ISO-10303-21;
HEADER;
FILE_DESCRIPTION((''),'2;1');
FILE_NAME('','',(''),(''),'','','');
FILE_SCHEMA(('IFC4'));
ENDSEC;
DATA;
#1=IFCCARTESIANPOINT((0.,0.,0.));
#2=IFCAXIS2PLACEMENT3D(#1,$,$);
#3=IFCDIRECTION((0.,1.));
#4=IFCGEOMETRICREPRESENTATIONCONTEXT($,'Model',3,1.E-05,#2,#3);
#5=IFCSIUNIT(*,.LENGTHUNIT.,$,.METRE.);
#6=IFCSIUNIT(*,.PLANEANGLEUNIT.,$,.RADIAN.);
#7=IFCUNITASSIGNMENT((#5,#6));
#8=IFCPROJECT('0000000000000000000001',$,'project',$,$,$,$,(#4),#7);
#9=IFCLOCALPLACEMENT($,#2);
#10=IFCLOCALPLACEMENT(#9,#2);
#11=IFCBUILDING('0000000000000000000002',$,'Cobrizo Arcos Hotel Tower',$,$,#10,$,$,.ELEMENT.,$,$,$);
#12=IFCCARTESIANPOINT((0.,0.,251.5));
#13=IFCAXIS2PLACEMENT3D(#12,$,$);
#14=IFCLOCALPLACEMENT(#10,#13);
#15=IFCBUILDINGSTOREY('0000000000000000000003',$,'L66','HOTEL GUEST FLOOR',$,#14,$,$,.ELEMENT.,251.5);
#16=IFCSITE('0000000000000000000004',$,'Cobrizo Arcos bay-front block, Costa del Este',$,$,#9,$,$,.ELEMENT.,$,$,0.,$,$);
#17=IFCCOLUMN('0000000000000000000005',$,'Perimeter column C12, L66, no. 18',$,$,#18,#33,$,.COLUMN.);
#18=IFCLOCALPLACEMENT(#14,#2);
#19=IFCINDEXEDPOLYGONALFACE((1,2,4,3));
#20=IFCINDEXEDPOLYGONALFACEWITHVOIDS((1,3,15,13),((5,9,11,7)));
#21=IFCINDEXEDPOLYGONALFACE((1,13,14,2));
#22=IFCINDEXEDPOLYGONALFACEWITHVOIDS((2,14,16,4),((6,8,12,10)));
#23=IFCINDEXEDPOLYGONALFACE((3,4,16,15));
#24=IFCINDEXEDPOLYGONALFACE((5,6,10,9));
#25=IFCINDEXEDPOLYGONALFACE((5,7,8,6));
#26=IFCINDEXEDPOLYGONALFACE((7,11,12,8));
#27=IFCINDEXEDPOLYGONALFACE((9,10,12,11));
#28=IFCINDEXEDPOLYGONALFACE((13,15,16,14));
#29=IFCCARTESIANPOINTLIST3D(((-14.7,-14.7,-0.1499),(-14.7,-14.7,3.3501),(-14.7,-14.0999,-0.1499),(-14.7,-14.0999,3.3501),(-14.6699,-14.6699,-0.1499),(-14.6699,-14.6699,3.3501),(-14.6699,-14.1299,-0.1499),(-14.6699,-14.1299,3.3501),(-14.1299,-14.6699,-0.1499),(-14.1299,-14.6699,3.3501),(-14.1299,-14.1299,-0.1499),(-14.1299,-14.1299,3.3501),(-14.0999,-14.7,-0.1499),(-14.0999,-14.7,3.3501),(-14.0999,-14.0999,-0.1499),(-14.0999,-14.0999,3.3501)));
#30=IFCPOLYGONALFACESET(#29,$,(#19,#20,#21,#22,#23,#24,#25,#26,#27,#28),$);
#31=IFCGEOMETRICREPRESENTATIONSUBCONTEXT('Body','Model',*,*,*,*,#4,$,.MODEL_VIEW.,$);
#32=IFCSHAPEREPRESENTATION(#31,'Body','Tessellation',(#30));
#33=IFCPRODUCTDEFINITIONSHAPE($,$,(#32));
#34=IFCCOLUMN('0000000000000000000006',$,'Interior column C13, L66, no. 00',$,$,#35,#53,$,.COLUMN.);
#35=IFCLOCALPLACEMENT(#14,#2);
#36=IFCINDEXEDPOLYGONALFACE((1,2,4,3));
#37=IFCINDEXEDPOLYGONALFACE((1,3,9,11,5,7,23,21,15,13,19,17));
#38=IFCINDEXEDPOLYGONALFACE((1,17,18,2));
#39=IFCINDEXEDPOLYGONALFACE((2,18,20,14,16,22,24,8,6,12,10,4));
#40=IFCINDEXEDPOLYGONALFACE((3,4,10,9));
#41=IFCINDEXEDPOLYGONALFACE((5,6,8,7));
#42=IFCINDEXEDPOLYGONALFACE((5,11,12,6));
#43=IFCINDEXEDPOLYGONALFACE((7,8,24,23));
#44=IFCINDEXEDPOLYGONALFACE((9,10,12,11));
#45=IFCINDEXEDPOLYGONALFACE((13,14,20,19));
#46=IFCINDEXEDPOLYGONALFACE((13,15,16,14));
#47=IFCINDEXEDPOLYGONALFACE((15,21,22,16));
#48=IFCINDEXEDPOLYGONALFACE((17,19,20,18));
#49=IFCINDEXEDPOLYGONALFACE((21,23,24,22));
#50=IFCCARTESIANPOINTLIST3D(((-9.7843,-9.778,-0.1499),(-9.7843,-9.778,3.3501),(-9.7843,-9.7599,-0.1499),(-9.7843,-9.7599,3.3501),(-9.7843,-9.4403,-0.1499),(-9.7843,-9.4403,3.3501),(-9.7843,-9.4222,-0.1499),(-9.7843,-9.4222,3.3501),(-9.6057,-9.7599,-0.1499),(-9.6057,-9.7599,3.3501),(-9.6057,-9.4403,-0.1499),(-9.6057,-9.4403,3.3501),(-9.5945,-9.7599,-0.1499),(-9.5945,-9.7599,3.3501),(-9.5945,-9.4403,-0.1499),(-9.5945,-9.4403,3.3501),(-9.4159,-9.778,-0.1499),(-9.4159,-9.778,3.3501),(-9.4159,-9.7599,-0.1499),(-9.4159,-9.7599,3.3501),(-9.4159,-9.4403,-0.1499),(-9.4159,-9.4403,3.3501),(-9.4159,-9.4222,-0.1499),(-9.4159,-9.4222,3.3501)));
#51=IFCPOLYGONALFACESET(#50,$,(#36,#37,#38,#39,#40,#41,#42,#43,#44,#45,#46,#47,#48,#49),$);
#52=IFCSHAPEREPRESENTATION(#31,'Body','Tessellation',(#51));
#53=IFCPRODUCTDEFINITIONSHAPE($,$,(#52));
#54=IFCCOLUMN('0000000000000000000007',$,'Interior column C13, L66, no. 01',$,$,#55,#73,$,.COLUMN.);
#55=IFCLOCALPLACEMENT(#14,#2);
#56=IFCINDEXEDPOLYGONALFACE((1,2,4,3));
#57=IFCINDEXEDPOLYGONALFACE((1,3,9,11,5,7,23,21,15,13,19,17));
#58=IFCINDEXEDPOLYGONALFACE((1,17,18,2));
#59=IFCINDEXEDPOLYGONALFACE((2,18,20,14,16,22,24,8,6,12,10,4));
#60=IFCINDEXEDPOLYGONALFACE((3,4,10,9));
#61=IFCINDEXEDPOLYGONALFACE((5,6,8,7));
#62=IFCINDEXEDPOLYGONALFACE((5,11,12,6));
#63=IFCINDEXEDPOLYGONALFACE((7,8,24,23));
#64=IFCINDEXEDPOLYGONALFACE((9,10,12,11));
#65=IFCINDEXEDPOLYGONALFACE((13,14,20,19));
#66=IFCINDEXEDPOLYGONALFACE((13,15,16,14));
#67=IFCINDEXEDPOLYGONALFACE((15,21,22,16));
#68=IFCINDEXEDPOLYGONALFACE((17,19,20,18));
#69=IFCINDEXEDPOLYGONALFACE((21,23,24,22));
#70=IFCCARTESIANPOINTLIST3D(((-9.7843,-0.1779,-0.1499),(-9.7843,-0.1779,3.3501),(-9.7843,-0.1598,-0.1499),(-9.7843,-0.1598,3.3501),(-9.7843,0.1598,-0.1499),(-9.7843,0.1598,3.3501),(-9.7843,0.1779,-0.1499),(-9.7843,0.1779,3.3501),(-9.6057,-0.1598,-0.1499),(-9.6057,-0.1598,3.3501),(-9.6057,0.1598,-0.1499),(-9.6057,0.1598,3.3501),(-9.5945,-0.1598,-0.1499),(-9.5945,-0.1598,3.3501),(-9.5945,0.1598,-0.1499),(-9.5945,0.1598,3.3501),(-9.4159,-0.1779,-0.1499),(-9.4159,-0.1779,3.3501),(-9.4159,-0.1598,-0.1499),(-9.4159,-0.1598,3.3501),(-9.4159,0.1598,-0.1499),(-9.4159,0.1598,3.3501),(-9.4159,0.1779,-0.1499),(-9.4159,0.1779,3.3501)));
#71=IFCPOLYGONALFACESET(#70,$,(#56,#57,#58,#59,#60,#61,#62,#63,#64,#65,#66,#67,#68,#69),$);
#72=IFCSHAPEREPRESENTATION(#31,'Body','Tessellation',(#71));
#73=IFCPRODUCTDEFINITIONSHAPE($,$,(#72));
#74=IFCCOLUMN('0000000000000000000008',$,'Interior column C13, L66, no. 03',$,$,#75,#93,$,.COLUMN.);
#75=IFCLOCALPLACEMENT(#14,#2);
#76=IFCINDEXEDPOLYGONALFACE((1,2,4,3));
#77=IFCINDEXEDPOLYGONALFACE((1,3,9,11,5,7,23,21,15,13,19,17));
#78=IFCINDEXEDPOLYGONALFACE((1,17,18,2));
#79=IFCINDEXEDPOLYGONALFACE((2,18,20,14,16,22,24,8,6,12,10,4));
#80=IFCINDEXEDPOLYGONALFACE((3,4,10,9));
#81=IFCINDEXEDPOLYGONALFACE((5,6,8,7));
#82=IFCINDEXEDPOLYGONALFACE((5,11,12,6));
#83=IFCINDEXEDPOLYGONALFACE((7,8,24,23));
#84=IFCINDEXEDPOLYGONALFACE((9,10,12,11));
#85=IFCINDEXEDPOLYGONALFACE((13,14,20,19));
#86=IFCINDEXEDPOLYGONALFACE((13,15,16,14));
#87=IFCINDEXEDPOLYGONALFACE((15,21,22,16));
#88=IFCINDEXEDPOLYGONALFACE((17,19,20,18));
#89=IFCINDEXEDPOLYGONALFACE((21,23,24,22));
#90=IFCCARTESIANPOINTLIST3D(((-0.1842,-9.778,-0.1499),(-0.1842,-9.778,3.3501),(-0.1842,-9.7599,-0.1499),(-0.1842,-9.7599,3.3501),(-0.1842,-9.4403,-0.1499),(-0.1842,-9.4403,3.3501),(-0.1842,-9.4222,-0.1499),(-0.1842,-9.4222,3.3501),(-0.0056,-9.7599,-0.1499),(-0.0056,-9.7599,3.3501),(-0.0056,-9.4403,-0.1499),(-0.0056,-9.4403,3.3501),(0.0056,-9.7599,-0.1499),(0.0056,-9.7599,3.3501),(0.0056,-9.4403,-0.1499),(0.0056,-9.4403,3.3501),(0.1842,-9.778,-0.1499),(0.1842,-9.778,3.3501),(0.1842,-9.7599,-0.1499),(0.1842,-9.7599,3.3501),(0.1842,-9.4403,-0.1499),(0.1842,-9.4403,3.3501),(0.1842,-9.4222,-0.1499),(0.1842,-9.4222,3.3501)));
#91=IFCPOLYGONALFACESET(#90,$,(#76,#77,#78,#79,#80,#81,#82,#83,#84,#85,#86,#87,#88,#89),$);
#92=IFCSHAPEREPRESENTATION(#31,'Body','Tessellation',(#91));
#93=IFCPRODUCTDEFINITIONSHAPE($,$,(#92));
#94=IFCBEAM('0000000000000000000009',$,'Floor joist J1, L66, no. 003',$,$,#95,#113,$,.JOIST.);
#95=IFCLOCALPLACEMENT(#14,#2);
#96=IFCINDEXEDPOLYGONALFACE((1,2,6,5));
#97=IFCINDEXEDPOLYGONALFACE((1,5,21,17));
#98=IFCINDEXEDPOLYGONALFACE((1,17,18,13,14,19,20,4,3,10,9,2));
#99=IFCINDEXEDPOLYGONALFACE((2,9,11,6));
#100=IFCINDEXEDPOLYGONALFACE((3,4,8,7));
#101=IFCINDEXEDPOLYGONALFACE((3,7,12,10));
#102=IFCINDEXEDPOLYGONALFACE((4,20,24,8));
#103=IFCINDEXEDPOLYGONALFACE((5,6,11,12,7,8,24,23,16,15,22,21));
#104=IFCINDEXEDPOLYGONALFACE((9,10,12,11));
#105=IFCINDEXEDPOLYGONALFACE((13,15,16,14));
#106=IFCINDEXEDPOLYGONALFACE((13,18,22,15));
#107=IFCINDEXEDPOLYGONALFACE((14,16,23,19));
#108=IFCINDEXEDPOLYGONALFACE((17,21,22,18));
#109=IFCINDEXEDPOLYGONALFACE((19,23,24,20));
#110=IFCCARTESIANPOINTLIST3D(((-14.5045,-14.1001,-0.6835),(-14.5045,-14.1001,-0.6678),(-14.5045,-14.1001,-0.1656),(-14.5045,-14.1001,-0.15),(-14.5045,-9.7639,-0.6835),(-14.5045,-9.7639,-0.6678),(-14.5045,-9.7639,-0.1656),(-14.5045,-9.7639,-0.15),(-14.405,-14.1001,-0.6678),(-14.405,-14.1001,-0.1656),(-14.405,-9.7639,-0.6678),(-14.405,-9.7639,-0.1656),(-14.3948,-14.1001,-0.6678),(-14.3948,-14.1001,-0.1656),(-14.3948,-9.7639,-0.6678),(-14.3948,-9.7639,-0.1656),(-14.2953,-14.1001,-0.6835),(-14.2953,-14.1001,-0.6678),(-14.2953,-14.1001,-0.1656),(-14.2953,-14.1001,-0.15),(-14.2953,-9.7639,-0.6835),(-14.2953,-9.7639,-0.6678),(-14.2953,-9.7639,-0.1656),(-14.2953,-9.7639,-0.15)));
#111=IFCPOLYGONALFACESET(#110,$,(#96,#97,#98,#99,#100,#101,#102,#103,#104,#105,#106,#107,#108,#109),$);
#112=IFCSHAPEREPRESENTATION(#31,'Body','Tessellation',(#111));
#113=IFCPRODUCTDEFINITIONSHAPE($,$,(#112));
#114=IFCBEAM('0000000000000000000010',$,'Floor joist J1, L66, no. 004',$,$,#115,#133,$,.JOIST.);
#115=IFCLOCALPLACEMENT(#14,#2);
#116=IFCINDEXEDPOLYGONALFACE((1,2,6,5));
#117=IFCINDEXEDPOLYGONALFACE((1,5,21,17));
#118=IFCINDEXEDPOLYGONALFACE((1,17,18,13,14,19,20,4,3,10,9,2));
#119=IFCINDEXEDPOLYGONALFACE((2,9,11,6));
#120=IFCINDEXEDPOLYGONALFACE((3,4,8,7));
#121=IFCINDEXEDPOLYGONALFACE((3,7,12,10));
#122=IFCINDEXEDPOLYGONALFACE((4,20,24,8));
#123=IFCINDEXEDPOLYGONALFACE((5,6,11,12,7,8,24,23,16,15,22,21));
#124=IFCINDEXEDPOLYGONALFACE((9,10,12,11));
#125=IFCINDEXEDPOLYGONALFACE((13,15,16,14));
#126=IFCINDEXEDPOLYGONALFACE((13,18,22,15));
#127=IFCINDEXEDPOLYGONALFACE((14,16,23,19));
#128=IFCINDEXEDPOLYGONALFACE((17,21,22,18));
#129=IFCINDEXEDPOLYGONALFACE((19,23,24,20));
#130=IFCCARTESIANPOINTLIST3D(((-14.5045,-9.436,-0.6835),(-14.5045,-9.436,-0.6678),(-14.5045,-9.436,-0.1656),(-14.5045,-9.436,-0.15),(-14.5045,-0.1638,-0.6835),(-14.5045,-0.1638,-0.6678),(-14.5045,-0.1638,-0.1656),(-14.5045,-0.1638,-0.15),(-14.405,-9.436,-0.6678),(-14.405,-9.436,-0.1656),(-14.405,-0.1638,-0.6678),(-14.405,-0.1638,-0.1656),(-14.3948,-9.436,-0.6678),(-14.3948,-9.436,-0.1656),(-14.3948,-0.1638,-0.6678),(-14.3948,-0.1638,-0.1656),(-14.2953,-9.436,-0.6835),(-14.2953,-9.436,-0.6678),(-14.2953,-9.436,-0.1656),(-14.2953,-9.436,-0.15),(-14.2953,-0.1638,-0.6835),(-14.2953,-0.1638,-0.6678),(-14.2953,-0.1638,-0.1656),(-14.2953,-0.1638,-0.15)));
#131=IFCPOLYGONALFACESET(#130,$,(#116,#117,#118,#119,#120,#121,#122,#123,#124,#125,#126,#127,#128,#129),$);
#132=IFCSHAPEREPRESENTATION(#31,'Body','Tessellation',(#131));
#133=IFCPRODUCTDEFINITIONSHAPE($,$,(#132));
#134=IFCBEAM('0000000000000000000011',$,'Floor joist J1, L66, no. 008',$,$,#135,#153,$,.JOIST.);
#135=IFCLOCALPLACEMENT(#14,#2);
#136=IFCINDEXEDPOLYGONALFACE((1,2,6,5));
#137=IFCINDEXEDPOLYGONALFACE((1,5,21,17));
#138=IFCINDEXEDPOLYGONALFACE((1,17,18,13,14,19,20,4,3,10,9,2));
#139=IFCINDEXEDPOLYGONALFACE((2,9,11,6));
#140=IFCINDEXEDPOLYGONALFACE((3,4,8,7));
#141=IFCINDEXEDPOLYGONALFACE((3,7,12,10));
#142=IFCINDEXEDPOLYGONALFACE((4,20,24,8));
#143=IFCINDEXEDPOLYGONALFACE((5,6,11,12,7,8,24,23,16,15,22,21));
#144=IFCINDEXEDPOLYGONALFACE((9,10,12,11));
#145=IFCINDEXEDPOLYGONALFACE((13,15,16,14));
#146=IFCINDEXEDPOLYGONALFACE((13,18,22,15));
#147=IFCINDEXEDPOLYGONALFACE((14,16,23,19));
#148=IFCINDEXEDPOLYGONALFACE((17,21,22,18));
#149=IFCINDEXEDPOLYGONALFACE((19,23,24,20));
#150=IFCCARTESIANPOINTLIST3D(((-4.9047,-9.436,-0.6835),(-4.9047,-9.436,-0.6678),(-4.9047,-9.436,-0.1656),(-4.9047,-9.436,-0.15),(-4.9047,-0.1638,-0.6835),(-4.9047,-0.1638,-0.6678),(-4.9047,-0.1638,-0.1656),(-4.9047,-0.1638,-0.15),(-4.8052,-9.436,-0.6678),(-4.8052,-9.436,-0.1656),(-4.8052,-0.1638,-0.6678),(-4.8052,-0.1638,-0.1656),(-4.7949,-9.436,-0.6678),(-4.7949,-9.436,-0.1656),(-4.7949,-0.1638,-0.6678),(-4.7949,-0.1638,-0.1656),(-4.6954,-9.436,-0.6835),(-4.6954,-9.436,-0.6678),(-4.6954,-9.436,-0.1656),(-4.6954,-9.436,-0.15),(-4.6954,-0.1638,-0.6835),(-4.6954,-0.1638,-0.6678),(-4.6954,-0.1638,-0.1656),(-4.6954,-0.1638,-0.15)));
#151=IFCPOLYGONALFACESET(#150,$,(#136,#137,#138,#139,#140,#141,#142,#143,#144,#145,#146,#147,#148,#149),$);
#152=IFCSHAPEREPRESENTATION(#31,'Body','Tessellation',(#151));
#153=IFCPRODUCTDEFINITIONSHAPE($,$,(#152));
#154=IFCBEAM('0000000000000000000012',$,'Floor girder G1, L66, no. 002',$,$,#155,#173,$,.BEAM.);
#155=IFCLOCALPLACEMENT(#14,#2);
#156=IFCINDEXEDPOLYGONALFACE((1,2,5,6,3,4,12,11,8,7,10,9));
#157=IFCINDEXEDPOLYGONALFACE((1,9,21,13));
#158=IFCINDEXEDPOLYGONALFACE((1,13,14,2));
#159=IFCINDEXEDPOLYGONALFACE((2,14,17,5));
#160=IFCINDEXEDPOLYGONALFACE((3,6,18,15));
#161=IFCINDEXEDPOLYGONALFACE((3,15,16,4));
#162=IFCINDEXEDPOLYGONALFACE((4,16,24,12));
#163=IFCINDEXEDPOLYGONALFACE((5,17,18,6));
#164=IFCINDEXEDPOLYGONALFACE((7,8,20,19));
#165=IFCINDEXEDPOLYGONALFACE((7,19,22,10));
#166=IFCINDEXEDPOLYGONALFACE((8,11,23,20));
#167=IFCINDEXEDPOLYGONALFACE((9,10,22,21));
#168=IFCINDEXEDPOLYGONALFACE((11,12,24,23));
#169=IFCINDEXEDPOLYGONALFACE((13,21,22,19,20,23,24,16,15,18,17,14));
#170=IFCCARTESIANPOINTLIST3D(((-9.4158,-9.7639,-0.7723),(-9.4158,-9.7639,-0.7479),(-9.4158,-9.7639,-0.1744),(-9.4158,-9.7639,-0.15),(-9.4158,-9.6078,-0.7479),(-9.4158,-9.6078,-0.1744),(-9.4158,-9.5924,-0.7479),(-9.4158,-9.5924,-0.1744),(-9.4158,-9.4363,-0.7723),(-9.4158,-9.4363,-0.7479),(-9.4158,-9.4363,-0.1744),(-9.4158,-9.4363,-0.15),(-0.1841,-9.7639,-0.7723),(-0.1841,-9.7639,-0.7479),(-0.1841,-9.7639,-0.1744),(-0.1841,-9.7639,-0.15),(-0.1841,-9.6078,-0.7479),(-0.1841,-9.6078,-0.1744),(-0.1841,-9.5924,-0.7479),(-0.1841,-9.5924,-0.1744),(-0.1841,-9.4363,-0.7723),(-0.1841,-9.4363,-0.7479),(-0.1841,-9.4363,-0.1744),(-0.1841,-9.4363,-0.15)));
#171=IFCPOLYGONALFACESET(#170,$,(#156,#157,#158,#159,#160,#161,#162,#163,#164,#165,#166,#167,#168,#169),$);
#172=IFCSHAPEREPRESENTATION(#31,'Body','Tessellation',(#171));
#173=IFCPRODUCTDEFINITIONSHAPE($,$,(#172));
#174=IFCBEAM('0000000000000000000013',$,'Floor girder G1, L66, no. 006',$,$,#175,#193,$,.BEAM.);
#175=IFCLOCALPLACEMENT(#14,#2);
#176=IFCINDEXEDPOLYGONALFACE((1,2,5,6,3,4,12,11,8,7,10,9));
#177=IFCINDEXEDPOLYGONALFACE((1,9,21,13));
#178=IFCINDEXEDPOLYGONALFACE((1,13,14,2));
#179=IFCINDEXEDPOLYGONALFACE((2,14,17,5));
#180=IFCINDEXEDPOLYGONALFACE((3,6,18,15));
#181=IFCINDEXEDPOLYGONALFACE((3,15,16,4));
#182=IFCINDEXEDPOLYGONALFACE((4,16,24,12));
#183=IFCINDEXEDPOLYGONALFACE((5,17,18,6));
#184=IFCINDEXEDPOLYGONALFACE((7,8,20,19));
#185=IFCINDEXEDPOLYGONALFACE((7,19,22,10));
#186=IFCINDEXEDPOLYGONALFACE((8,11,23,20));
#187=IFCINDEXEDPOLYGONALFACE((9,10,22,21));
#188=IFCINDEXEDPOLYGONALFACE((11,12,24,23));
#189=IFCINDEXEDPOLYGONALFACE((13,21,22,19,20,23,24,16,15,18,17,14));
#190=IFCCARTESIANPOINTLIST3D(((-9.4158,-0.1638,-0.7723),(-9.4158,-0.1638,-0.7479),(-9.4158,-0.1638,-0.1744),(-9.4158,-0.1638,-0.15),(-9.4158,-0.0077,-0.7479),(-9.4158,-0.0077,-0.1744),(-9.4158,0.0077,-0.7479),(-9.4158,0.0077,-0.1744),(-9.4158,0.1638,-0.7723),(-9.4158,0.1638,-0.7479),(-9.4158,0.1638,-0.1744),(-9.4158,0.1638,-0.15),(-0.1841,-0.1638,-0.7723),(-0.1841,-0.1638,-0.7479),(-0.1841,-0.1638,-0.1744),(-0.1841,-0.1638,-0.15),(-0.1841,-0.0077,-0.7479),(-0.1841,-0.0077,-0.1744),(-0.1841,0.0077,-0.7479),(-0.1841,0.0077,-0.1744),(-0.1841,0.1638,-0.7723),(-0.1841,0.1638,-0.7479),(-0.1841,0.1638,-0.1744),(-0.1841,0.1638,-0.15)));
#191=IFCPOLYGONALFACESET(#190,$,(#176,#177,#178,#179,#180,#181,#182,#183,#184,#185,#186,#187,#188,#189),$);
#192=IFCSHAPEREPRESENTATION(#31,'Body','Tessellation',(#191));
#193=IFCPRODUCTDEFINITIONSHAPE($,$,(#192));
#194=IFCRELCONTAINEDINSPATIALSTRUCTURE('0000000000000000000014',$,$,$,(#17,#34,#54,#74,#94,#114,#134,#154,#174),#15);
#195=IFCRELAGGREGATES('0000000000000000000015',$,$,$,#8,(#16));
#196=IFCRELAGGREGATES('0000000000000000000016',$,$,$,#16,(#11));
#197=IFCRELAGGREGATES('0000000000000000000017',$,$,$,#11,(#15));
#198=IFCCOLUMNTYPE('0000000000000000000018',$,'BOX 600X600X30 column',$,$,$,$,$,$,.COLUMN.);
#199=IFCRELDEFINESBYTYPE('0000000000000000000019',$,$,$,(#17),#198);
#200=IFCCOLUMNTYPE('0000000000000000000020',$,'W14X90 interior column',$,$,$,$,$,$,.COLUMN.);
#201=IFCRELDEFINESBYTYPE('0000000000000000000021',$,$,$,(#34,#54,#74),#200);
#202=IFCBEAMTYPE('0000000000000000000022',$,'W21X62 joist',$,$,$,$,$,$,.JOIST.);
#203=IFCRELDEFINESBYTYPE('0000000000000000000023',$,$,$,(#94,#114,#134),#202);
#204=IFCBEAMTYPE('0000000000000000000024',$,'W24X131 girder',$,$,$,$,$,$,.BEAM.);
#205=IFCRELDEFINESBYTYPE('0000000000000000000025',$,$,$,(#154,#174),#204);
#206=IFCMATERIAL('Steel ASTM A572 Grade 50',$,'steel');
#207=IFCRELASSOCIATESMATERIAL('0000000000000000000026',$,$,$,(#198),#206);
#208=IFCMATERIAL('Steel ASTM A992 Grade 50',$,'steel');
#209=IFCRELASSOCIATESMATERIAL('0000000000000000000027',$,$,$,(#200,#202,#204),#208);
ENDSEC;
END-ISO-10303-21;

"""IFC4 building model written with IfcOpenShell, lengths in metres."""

from ifc_helpers import new_model, si_unit, direction, frame, origin, origin_2d, place, context, subcontext, project, spatial, hollow_rectangle, i_section, extrude, material, material_profile, profile_set, type_object, element, save


model = new_model("IFC4")

# Units and contexts
model_context = context("Model", 3, precision=1e-05, world=origin(), true_north=direction((0.0, 1.0)))
body_context = subcontext(model_context, "Body", "Model", "MODEL_VIEW")
ifc_project = project(units=[si_unit("LENGTHUNIT", "METRE"), si_unit("PLANEANGLEUNIT", "RADIAN")], contexts=[model_context])

# Site, building, storey
site_placement = place(None, origin())
site = spatial("IfcSite", under=ifc_project, at=site_placement, Name="Cobrizo Arcos bay-front block, Costa del Este", CompositionType="ELEMENT", RefElevation=0.0)
building_placement = place(site_placement, origin())
building = spatial("IfcBuilding", under=site, at=building_placement, Name="Cobrizo Arcos Hotel Tower", CompositionType="ELEMENT")
storey_placement = place(building_placement, frame((0.0, 0.0, 251.5)))
storey = spatial("IfcBuildingStorey", under=building, at=storey_placement, Name="L66", Description="HOTEL GUEST FLOOR", CompositionType="ELEMENT", Elevation=251.5)

# Columns
ifc_material_1 = material(Name="Steel ASTM A572 Grade 50", Category="steel")
ifc_material_profile_1 = material_profile(ifc_material_1, hollow_rectangle(XDim=0.6001, YDim=0.6001, WallThickness=0.03, at=origin_2d()), Name="BOX 600X600X30")
ifc_profile_set_1 = profile_set([ifc_material_profile_1], Name="Steel ASTM A572 Grade 50")
column_type_1 = type_object("IfcColumnType", Name="BOX 600X600X30 column", PredefinedType="COLUMN", material=ifc_profile_set_1)
column_placement = place(storey_placement, frame((-14.3999, -14.3999, -0.1499), z_axis=(0.0, 0.0, 1.0), x_axis=(1.0, 0.0, 0.0)))
element("IfcColumn", 1, at=column_placement, inside=storey, type_object=column_type_1, Name="Perimeter column C12, L66, no. 18", PredefinedType="COLUMN", context=body_context, shape_type="SweptSolid", body=[
    extrude(hollow_rectangle(XDim=0.6001, YDim=0.6001, WallThickness=0.03, at=origin_2d()), origin(), (0.0, 0.0, 1.0), 3.5),
])
ifc_material_2 = material(Name="Steel ASTM A992 Grade 50", Category="steel")
ifc_material_profile_2 = material_profile(ifc_material_2, i_section(OverallWidth=0.3684, OverallDepth=0.3557, WebThickness=0.0112, FlangeThickness=0.0181, at=origin_2d()), Name="W14X90")
ifc_profile_set_2 = profile_set([ifc_material_profile_2], Name="Steel ASTM A992 Grade 50")
column_type_2 = type_object("IfcColumnType", Name="W14X90 interior column", PredefinedType="COLUMN", material=ifc_profile_set_2)
for number, where, z_axis, x_axis, name in (
    (2, (-9.6001, -9.6001, -0.1499), (0.0, 0.0, 1.0), (1.0, 0.0, 0.0), "Interior column C13, L66, no. 00"),
    (3, (-9.6001, 0.0, -0.1499), (0.0, 0.0, 1.0), (1.0, 0.0, 0.0), "Interior column C13, L66, no. 01"),
    (4, (0.0, -9.6001, -0.1499), (0.0, 0.0, 1.0), (1.0, 0.0, 0.0), "Interior column C13, L66, no. 03"),
):
    element("IfcColumn", number, at=place(storey_placement, frame(where, z_axis=z_axis, x_axis=x_axis)), inside=storey, type_object=column_type_2, Name=name, PredefinedType="COLUMN", context=body_context, shape_type="SweptSolid", body=[
        extrude(i_section(OverallWidth=0.3684, OverallDepth=0.3557, WebThickness=0.0112, FlangeThickness=0.0181, at=origin_2d()), origin(), (0.0, 0.0, 1.0), 3.5),
    ])

# Beams
ifc_material_profile_3 = material_profile(ifc_material_2, i_section(OverallWidth=0.2092, OverallDepth=0.5334, WebThickness=0.0103, FlangeThickness=0.0156, at=origin_2d()), Name="W21X62")
ifc_profile_set_3 = profile_set([ifc_material_profile_3], Name="Steel ASTM A992 Grade 50")
beam_type_1 = type_object("IfcBeamType", Name="W21X62 joist", PredefinedType="JOIST", material=ifc_profile_set_3)
beam_placement = place(storey_placement, frame((-14.3999, -14.1001, -0.4167), z_axis=(0.0, 1.0, 0.0), x_axis=(-1.0, 0.0, 0.0)))
element("IfcBeam", 5, at=beam_placement, inside=storey, type_object=beam_type_1, Name="Floor joist J1, L66, no. 003", PredefinedType="JOIST", context=body_context, shape_type="SweptSolid", body=[
    extrude(i_section(OverallWidth=0.2092, OverallDepth=0.5334, WebThickness=0.0103, FlangeThickness=0.0156, at=origin_2d()), origin(), (0.0, 0.0, 1.0), 4.3362),
])
for number, where, z_axis, x_axis, name in (
    (6, (-14.3999, -9.436, -0.4167), (0.0, 1.0, 0.0), (-1.0, 0.0, 0.0), "Floor joist J1, L66, no. 004"),
    (7, (-4.8, -9.436, -0.4167), (0.0, 1.0, 0.0), (-1.0, 0.0, 0.0), "Floor joist J1, L66, no. 008"),
):
    element("IfcBeam", number, at=place(storey_placement, frame(where, z_axis=z_axis, x_axis=x_axis)), inside=storey, type_object=beam_type_1, Name=name, PredefinedType="JOIST", context=body_context, shape_type="SweptSolid", body=[
        extrude(i_section(OverallWidth=0.2092, OverallDepth=0.5334, WebThickness=0.0103, FlangeThickness=0.0156, at=origin_2d()), origin(), (0.0, 0.0, 1.0), 9.2722),
    ])
ifc_material_profile_4 = material_profile(ifc_material_2, i_section(OverallWidth=0.3276, OverallDepth=0.6223, WebThickness=0.0154, FlangeThickness=0.0244, at=origin_2d()), Name="W24X131")
ifc_profile_set_4 = profile_set([ifc_material_profile_4], Name="Steel ASTM A992 Grade 50")
beam_type_2 = type_object("IfcBeamType", Name="W24X131 girder", PredefinedType="BEAM", material=ifc_profile_set_4)
for number, where, z_axis, x_axis, name in (
    (8, (-9.4158, -9.6001, -0.4612), (1.0, 0.0, 0.0), (0.0, 1.0, 0.0), "Floor girder G1, L66, no. 002"),
    (9, (-9.4158, 0.0, -0.4612), (1.0, 0.0, 0.0), (0.0, 1.0, 0.0), "Floor girder G1, L66, no. 006"),
):
    element("IfcBeam", number, at=place(storey_placement, frame(where, z_axis=z_axis, x_axis=x_axis)), inside=storey, type_object=beam_type_2, Name=name, PredefinedType="BEAM", context=body_context, shape_type="SweptSolid", body=[
        extrude(i_section(OverallWidth=0.3276, OverallDepth=0.6223, WebThickness=0.0154, FlangeThickness=0.0244, at=origin_2d()), origin(), (0.0, 0.0, 1.0), 9.2317),
    ])

save(model, "model.ifc")
